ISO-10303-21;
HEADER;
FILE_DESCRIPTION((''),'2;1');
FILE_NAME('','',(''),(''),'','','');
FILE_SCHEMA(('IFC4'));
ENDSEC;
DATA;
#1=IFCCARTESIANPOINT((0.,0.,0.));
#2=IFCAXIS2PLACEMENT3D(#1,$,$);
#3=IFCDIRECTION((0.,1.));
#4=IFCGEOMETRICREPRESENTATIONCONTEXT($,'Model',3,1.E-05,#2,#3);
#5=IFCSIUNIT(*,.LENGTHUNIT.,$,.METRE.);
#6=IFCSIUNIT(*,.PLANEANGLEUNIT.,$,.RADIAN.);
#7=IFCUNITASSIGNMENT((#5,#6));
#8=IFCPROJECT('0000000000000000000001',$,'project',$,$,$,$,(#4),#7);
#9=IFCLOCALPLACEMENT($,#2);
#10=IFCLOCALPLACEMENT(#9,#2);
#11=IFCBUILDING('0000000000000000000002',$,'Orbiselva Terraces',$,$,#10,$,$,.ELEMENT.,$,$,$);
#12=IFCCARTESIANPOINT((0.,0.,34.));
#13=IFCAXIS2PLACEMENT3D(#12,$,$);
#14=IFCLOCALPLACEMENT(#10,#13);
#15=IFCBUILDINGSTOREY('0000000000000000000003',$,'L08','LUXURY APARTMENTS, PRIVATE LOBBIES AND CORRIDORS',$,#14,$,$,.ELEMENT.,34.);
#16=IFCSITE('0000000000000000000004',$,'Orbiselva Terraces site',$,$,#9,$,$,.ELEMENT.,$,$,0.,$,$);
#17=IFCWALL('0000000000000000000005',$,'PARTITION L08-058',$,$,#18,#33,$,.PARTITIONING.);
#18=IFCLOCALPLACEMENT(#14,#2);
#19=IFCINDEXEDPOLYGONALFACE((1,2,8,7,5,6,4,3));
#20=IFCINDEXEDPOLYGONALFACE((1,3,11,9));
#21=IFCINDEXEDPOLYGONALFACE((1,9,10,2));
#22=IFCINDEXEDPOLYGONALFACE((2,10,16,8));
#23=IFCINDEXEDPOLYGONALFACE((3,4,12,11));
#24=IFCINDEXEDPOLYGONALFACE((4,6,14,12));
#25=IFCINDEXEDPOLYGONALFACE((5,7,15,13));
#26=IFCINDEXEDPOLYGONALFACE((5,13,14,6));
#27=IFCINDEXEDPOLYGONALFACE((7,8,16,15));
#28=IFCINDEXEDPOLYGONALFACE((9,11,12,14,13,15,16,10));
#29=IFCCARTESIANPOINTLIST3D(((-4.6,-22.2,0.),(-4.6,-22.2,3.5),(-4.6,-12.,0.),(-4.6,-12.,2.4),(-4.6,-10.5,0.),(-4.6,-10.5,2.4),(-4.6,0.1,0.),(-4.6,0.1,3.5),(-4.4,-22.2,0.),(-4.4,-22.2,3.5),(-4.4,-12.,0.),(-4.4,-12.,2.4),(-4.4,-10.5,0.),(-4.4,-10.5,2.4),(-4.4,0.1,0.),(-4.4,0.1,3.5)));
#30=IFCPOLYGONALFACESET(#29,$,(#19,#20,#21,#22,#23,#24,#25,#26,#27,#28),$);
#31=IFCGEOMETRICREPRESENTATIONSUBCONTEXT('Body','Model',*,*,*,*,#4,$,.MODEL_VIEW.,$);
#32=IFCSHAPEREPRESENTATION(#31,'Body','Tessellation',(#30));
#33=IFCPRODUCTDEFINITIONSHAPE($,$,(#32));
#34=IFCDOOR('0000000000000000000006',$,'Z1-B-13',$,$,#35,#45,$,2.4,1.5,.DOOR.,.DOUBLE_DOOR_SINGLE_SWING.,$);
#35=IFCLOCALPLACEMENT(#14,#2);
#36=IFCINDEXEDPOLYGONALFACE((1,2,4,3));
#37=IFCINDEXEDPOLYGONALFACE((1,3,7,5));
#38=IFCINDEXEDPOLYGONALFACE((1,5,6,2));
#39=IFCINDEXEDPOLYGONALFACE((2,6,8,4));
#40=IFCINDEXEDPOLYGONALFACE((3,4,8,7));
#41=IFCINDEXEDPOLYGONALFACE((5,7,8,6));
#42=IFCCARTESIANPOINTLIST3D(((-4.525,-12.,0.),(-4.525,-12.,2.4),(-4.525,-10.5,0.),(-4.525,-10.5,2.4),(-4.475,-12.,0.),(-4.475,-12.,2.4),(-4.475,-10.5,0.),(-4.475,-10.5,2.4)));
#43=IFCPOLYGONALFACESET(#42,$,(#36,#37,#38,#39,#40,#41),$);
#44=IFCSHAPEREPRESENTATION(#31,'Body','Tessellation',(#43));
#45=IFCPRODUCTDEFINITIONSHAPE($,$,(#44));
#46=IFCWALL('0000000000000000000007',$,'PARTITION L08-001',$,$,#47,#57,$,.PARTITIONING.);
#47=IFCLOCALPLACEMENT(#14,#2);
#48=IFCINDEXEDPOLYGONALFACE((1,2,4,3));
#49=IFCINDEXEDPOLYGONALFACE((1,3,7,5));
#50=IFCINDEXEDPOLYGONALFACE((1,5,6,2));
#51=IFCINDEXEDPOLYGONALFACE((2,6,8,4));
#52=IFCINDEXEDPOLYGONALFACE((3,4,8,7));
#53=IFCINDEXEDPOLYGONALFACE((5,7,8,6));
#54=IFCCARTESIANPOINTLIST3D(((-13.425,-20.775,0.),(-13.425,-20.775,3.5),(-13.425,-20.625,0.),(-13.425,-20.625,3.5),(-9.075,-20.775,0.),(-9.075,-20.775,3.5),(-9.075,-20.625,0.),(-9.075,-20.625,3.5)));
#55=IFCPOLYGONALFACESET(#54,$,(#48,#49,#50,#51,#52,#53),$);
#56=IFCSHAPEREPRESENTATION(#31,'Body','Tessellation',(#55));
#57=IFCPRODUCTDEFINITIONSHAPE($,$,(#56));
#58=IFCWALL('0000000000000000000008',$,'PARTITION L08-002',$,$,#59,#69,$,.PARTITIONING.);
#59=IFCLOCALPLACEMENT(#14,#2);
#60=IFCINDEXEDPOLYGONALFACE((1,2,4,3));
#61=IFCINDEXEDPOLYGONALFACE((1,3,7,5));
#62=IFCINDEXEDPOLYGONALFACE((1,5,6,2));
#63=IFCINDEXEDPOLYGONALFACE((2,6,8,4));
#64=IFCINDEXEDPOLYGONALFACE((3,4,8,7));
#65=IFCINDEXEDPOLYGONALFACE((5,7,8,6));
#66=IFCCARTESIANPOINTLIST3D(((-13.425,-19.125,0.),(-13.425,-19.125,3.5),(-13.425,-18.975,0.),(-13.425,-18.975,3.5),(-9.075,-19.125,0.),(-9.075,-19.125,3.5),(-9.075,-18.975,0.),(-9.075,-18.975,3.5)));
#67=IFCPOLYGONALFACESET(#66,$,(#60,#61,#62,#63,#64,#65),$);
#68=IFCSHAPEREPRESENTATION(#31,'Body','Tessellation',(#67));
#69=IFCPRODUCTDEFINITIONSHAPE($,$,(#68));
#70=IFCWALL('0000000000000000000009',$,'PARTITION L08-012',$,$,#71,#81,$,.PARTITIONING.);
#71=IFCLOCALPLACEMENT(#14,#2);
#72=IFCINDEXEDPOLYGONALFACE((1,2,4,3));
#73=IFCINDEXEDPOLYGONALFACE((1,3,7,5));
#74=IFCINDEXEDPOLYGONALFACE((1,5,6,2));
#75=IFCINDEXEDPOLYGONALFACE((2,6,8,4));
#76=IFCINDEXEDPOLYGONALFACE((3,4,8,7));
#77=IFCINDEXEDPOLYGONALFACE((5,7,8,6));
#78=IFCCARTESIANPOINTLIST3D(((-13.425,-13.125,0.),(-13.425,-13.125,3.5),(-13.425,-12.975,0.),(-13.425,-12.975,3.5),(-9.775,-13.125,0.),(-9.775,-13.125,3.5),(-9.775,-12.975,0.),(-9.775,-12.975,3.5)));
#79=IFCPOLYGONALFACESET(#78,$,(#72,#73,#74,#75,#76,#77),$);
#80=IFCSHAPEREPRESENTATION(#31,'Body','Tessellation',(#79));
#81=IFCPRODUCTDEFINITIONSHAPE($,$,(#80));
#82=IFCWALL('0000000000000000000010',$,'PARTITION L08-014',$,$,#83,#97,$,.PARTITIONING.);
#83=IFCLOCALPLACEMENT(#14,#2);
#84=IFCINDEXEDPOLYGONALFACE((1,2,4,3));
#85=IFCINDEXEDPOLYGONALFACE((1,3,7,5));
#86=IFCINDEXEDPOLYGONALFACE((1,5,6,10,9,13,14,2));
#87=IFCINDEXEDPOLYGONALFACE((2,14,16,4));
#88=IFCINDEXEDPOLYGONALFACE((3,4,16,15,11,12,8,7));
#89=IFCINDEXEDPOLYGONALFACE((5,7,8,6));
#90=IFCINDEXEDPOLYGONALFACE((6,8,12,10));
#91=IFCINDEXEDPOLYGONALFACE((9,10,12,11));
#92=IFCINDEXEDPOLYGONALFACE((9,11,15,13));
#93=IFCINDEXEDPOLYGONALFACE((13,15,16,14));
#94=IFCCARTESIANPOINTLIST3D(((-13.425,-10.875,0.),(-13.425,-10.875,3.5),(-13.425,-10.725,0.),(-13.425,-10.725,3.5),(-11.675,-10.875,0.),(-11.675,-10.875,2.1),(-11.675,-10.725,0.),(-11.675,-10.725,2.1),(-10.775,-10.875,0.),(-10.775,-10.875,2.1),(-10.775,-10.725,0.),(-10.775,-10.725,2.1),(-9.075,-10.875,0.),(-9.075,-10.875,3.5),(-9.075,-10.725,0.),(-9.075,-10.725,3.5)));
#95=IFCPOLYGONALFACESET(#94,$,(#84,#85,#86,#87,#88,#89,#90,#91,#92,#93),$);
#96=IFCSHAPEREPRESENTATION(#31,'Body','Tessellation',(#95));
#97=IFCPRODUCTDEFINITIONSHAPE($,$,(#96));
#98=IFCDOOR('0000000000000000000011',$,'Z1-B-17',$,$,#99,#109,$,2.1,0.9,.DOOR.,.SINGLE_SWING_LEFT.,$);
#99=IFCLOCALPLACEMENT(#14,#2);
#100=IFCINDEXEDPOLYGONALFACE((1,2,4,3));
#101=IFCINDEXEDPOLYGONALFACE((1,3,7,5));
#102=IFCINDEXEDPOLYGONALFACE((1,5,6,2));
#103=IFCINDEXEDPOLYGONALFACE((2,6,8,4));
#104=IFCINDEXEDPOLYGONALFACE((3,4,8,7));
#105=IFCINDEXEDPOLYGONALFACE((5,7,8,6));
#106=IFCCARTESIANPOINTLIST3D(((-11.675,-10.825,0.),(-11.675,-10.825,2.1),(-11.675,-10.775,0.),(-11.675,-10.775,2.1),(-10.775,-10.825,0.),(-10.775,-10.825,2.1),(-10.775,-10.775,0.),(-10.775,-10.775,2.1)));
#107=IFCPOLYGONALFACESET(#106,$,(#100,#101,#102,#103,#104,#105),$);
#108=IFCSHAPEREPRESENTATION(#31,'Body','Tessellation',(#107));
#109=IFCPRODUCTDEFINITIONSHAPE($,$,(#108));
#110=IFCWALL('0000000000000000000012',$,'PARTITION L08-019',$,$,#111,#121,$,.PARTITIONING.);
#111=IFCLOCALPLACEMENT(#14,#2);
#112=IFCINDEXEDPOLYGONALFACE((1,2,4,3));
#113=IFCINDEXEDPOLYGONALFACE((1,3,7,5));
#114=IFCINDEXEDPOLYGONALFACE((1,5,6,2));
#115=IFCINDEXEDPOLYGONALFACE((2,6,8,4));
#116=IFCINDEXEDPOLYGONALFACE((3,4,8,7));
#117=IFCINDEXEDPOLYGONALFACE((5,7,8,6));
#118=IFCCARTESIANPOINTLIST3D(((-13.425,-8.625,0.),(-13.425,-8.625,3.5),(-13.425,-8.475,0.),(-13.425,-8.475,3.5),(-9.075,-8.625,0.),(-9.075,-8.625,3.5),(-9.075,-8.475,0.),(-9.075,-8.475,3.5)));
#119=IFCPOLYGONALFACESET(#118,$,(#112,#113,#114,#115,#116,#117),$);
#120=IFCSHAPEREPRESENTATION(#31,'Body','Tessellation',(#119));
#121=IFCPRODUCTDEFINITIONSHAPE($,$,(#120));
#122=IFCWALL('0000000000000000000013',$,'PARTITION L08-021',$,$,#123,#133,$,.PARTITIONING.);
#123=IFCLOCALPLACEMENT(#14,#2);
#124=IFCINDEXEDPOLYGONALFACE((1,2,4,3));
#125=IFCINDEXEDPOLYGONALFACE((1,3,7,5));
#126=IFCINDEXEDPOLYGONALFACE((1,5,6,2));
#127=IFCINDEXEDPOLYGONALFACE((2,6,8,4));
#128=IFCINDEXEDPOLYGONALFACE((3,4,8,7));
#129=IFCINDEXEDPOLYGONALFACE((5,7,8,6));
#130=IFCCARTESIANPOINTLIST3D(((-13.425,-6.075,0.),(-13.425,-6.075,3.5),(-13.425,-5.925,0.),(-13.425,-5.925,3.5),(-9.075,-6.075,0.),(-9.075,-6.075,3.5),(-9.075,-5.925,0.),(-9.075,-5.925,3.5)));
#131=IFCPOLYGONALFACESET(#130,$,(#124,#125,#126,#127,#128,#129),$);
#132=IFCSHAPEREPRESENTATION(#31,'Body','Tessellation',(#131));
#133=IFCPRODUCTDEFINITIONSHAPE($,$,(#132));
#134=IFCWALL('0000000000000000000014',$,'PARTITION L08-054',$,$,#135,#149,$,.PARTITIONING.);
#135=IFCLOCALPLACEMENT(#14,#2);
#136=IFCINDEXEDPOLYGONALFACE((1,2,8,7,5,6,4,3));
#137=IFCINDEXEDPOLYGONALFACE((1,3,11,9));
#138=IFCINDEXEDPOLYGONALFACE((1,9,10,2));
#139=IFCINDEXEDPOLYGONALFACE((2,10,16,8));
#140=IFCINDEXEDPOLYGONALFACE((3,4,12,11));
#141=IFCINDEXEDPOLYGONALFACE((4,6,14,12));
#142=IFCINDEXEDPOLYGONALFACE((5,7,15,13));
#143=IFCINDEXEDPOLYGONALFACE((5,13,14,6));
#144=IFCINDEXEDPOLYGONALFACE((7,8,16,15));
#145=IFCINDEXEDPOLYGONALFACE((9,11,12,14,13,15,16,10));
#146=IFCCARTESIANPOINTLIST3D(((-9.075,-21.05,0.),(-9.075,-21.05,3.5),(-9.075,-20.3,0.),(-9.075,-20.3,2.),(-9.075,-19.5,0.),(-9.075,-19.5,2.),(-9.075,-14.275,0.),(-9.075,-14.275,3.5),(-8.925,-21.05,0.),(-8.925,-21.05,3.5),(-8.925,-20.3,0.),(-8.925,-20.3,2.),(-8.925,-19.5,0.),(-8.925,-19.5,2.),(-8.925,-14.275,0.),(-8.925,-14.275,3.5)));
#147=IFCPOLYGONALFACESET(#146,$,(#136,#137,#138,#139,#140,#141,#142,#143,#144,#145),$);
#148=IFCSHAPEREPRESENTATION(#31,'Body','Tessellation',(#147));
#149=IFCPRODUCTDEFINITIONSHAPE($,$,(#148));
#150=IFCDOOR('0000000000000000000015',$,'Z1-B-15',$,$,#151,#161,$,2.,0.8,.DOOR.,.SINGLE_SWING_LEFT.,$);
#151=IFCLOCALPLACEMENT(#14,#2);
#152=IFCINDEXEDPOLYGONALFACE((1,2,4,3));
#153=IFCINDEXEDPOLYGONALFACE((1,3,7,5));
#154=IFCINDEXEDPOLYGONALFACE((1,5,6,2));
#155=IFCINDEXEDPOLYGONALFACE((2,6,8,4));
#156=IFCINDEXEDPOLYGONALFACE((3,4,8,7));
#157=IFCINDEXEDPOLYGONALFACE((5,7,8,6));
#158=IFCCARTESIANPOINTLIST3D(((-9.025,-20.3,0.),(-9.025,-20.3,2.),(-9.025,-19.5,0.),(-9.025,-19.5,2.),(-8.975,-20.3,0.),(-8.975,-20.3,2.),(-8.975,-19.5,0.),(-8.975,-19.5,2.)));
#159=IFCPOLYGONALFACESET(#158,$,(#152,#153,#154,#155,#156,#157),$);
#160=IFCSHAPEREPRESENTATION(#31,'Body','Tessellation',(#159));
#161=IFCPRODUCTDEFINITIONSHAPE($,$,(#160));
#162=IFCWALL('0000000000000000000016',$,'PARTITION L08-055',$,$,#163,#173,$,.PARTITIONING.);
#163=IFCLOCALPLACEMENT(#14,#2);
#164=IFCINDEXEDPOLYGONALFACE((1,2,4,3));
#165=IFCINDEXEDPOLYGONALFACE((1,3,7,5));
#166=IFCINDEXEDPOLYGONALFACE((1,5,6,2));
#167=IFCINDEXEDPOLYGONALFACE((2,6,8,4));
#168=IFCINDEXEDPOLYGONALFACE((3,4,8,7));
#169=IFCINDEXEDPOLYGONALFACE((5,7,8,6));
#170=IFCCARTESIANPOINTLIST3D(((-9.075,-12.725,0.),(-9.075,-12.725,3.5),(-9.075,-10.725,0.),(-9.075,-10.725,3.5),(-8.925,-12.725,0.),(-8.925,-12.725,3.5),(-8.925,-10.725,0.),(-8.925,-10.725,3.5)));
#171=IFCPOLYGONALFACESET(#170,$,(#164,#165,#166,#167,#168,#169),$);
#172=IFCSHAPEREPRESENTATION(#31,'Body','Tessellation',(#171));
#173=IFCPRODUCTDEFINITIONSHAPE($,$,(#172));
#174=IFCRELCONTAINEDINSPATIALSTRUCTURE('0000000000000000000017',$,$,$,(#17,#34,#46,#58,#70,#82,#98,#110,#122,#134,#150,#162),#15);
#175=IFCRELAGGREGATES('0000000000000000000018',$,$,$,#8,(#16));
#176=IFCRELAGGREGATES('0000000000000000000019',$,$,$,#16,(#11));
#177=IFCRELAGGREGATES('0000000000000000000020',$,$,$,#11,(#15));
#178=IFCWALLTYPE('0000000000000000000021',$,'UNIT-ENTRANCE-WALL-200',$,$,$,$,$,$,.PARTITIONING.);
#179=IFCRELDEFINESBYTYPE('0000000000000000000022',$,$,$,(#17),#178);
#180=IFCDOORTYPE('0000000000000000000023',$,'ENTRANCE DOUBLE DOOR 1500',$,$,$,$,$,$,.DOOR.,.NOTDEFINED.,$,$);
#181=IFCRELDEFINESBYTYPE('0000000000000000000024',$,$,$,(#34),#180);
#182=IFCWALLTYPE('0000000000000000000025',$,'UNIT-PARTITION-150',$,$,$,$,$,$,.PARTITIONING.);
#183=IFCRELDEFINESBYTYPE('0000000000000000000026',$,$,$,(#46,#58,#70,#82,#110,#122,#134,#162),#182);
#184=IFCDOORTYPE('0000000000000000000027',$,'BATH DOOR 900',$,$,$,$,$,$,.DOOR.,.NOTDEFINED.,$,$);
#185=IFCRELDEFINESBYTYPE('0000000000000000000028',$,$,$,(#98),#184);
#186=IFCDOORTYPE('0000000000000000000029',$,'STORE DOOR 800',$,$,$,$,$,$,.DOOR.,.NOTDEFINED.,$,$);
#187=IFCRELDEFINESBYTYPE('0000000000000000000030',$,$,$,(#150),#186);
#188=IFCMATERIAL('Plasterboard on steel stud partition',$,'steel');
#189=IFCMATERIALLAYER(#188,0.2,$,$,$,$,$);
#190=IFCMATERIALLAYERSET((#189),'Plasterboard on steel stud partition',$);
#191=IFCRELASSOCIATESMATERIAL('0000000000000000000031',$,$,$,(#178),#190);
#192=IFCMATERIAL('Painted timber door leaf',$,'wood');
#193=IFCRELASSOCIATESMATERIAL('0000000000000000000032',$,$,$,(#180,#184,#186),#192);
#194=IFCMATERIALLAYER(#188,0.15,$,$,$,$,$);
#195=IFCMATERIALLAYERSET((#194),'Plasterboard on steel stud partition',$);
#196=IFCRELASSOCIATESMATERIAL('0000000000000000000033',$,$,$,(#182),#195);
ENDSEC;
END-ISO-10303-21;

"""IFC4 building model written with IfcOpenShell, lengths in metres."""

from ifc_helpers import new_model, si_unit, direction, frame, frame_2d, origin, place, context, subcontext, project, spatial, rectangle, extrude, material, layer, layer_set, type_object, element, fill, save


model = new_model("IFC4")

# Units and contexts
model_context = context("Model", 3, precision=1e-05, world=origin(), true_north=direction((0.0, 1.0)))
body_context = subcontext(model_context, "Body", "Model", "MODEL_VIEW")
ifc_project = project(units=[si_unit("LENGTHUNIT", "METRE"), si_unit("PLANEANGLEUNIT", "RADIAN")], contexts=[model_context])

# Site, building, storey
site_placement = place(None, origin())
site = spatial("IfcSite", under=ifc_project, at=site_placement, Name="Orbiselva Terraces site", CompositionType="ELEMENT", RefElevation=0.0)
building_placement = place(site_placement, origin())
building = spatial("IfcBuilding", under=site, at=building_placement, Name="Orbiselva Terraces", CompositionType="ELEMENT")
storey_placement = place(building_placement, frame((0.0, 0.0, 34.0)))
storey = spatial("IfcBuildingStorey", under=building, at=storey_placement, Name="L08", Description="LUXURY APARTMENTS, PRIVATE LOBBIES AND CORRIDORS", CompositionType="ELEMENT", Elevation=34.0)

# Wall, opening, door
ifc_material_1 = material(Name="Plasterboard on steel stud partition", Category="steel")
ifc_layer_1 = layer(ifc_material_1, 0.2)
ifc_layer_set_1 = layer_set([ifc_layer_1], Name="Plasterboard on steel stud partition")
wall_type_1 = type_object("IfcWallType", Name="UNIT-ENTRANCE-WALL-200", PredefinedType="PARTITIONING", material=ifc_layer_set_1)
wall_1_placement = place(storey_placement, frame((-4.5, -22.2, 0.0), z_axis=(0.0, 0.0, 1.0), x_axis=(0.0, 1.0, 0.0)))
wall_1 = element("IfcWall", 1, at=wall_1_placement, inside=storey, type_object=wall_type_1, Name="PARTITION L08-058", PredefinedType="PARTITIONING", context=body_context, shape_type="SweptSolid", body=[
    extrude(rectangle(XDim=22.3, YDim=0.2, at=frame_2d((11.15, 0.0))), origin(), (0.0, 0.0, 1.0), 3.5),
])
opening_1_placement = place(wall_1_placement, frame((10.2, 0.0, 0.0)))
opening_1 = element("IfcOpeningElement", 2, at=opening_1_placement, cuts=wall_1, PredefinedType="OPENING", context=body_context, shape_type="SweptSolid", body=[
    extrude(rectangle(XDim=1.5, YDim=2.4, at=frame_2d((0.75, 1.2))), frame((0.0, 0.11, 0.0), z_axis=(0.0, -1.0, 0.0), x_axis=(1.0, 0.0, 0.0)), (0.0, 0.0, 1.0), 0.22),
])
ifc_material_2 = material(Name="Painted timber door leaf", Category="wood")
door_type_1 = type_object("IfcDoorType", Name="ENTRANCE DOUBLE DOOR 1500", OperationType="NOTDEFINED", PredefinedType="DOOR", material=ifc_material_2)
door_1_placement = place(opening_1_placement, origin())
door_1 = element("IfcDoor", 3, at=door_1_placement, inside=storey, type_object=door_type_1, Name="Z1-B-13", OperationType="DOUBLE_DOOR_SINGLE_SWING", OverallHeight=2.4, OverallWidth=1.5, PredefinedType="DOOR", context=body_context, shape_type="SweptSolid", body=[
    extrude(rectangle(XDim=1.5, YDim=2.4, at=frame_2d((0.75, 1.2))), frame((0.0, 0.025, 0.0), z_axis=(0.0, -1.0, 0.0), x_axis=(1.0, 0.0, 0.0)), (0.0, 0.0, 1.0), 0.05),
])
fill(opening_1, door_1)

# Walls
ifc_layer_2 = layer(ifc_material_1, 0.15)
ifc_layer_set_2 = layer_set([ifc_layer_2], Name="Plasterboard on steel stud partition")
wall_type_2 = type_object("IfcWallType", Name="UNIT-PARTITION-150", PredefinedType="PARTITIONING", material=ifc_layer_set_2)
for number, where, z_axis, x_axis, name in (
    (4, (-13.425, -20.7, 0.0), (0.0, 0.0, 1.0), (1.0, 0.0, 0.0), "PARTITION L08-001"),
    (5, (-13.425, -19.05, 0.0), (0.0, 0.0, 1.0), (1.0, 0.0, 0.0), "PARTITION L08-002"),
):
    element("IfcWall", number, at=place(storey_placement, frame(where, z_axis=z_axis, x_axis=x_axis)), inside=storey, type_object=wall_type_2, Name=name, PredefinedType="PARTITIONING", context=body_context, shape_type="SweptSolid", body=[
        extrude(rectangle(XDim=4.35, YDim=0.15, at=frame_2d((2.175, 0.0))), origin(), (0.0, 0.0, 1.0), 3.5),
    ])
wall_2_placement = place(storey_placement, frame((-13.425, -13.05, 0.0), z_axis=(0.0, 0.0, 1.0), x_axis=(1.0, 0.0, 0.0)))
element("IfcWall", 6, at=wall_2_placement, inside=storey, type_object=wall_type_2, Name="PARTITION L08-012", PredefinedType="PARTITIONING", context=body_context, shape_type="SweptSolid", body=[
    extrude(rectangle(XDim=3.65, YDim=0.15, at=frame_2d((1.825, 0.0))), origin(), (0.0, 0.0, 1.0), 3.5),
])

# Wall, opening, door
wall_3_placement = place(storey_placement, frame((-9.075, -10.8, 0.0), z_axis=(0.0, 0.0, 1.0), x_axis=(-1.0, 0.0, 0.0)))
wall_3 = element("IfcWall", 7, at=wall_3_placement, inside=storey, type_object=wall_type_2, Name="PARTITION L08-014", PredefinedType="PARTITIONING", context=body_context, shape_type="SweptSolid", body=[
    extrude(rectangle(XDim=4.35, YDim=0.15, at=frame_2d((2.175, 0.0))), origin(), (0.0, 0.0, 1.0), 3.5),
])
opening_2_placement = place(wall_3_placement, frame((1.7, 0.0, 0.0)))
opening_2 = element("IfcOpeningElement", 8, at=opening_2_placement, cuts=wall_3, PredefinedType="OPENING", context=body_context, shape_type="SweptSolid", body=[
    extrude(rectangle(XDim=0.9, YDim=2.1, at=frame_2d((0.45, 1.05))), frame((0.0, 0.085, 0.0), z_axis=(0.0, -1.0, 0.0), x_axis=(1.0, 0.0, 0.0)), (0.0, 0.0, 1.0), 0.17),
])
door_type_2 = type_object("IfcDoorType", Name="BATH DOOR 900", OperationType="NOTDEFINED", PredefinedType="DOOR", material=ifc_material_2)
door_2_placement = place(opening_2_placement, origin())
door_2 = element("IfcDoor", 9, at=door_2_placement, inside=storey, type_object=door_type_2, Name="Z1-B-17", OperationType="SINGLE_SWING_LEFT", OverallHeight=2.1, OverallWidth=0.9, PredefinedType="DOOR", context=body_context, shape_type="SweptSolid", body=[
    extrude(rectangle(XDim=0.9, YDim=2.1, at=frame_2d((0.45, 1.05))), frame((0.0, 0.025, 0.0), z_axis=(0.0, -1.0, 0.0), x_axis=(1.0, 0.0, 0.0)), (0.0, 0.0, 1.0), 0.05),
])
fill(opening_2, door_2)

# Walls
for number, where, z_axis, x_axis, name in (
    (10, (-13.425, -8.55, 0.0), (0.0, 0.0, 1.0), (1.0, 0.0, 0.0), "PARTITION L08-019"),
    (11, (-13.425, -6.0, 0.0), (0.0, 0.0, 1.0), (1.0, 0.0, 0.0), "PARTITION L08-021"),
):
    element("IfcWall", number, at=place(storey_placement, frame(where, z_axis=z_axis, x_axis=x_axis)), inside=storey, type_object=wall_type_2, Name=name, PredefinedType="PARTITIONING", context=body_context, shape_type="SweptSolid", body=[
        extrude(rectangle(XDim=4.35, YDim=0.15, at=frame_2d((2.175, 0.0))), origin(), (0.0, 0.0, 1.0), 3.5),
    ])

# Wall, opening, door
wall_4_placement = place(storey_placement, frame((-9.0, -21.05, 0.0), z_axis=(0.0, 0.0, 1.0), x_axis=(0.0, 1.0, 0.0)))
wall_4 = element("IfcWall", 12, at=wall_4_placement, inside=storey, type_object=wall_type_2, Name="PARTITION L08-054", PredefinedType="PARTITIONING", context=body_context, shape_type="SweptSolid", body=[
    extrude(rectangle(XDim=6.775, YDim=0.15, at=frame_2d((3.3875, 0.0))), origin(), (0.0, 0.0, 1.0), 3.5),
])
opening_3_placement = place(wall_4_placement, frame((0.75, 0.0, 0.0)))
opening_3 = element("IfcOpeningElement", 13, at=opening_3_placement, cuts=wall_4, PredefinedType="OPENING", context=body_context, shape_type="SweptSolid", body=[
    extrude(rectangle(XDim=0.8, YDim=2.0, at=frame_2d((0.4, 1.0))), frame((0.0, 0.085, 0.0), z_axis=(0.0, -1.0, 0.0), x_axis=(1.0, 0.0, 0.0)), (0.0, 0.0, 1.0), 0.17),
])
door_type_3 = type_object("IfcDoorType", Name="STORE DOOR 800", OperationType="NOTDEFINED", PredefinedType="DOOR", material=ifc_material_2)
door_3_placement = place(opening_3_placement, origin())
door_3 = element("IfcDoor", 14, at=door_3_placement, inside=storey, type_object=door_type_3, Name="Z1-B-15", OperationType="SINGLE_SWING_LEFT", OverallHeight=2.0, OverallWidth=0.8, PredefinedType="DOOR", context=body_context, shape_type="SweptSolid", body=[
    extrude(rectangle(XDim=0.8, YDim=2.0, at=frame_2d((0.4, 1.0))), frame((0.0, 0.025, 0.0), z_axis=(0.0, -1.0, 0.0), x_axis=(1.0, 0.0, 0.0)), (0.0, 0.0, 1.0), 0.05),
])
fill(opening_3, door_3)

# Wall
wall_5_placement = place(storey_placement, frame((-9.0, -12.725, 0.0), z_axis=(0.0, 0.0, 1.0), x_axis=(0.0, 1.0, 0.0)))
element("IfcWall", 15, at=wall_5_placement, inside=storey, type_object=wall_type_2, Name="PARTITION L08-055", PredefinedType="PARTITIONING", context=body_context, shape_type="SweptSolid", body=[
    extrude(rectangle(XDim=2.0, YDim=0.15, at=frame_2d((1.0, 0.0))), origin(), (0.0, 0.0, 1.0), 3.5),
])

save(model, "model.ifc")
